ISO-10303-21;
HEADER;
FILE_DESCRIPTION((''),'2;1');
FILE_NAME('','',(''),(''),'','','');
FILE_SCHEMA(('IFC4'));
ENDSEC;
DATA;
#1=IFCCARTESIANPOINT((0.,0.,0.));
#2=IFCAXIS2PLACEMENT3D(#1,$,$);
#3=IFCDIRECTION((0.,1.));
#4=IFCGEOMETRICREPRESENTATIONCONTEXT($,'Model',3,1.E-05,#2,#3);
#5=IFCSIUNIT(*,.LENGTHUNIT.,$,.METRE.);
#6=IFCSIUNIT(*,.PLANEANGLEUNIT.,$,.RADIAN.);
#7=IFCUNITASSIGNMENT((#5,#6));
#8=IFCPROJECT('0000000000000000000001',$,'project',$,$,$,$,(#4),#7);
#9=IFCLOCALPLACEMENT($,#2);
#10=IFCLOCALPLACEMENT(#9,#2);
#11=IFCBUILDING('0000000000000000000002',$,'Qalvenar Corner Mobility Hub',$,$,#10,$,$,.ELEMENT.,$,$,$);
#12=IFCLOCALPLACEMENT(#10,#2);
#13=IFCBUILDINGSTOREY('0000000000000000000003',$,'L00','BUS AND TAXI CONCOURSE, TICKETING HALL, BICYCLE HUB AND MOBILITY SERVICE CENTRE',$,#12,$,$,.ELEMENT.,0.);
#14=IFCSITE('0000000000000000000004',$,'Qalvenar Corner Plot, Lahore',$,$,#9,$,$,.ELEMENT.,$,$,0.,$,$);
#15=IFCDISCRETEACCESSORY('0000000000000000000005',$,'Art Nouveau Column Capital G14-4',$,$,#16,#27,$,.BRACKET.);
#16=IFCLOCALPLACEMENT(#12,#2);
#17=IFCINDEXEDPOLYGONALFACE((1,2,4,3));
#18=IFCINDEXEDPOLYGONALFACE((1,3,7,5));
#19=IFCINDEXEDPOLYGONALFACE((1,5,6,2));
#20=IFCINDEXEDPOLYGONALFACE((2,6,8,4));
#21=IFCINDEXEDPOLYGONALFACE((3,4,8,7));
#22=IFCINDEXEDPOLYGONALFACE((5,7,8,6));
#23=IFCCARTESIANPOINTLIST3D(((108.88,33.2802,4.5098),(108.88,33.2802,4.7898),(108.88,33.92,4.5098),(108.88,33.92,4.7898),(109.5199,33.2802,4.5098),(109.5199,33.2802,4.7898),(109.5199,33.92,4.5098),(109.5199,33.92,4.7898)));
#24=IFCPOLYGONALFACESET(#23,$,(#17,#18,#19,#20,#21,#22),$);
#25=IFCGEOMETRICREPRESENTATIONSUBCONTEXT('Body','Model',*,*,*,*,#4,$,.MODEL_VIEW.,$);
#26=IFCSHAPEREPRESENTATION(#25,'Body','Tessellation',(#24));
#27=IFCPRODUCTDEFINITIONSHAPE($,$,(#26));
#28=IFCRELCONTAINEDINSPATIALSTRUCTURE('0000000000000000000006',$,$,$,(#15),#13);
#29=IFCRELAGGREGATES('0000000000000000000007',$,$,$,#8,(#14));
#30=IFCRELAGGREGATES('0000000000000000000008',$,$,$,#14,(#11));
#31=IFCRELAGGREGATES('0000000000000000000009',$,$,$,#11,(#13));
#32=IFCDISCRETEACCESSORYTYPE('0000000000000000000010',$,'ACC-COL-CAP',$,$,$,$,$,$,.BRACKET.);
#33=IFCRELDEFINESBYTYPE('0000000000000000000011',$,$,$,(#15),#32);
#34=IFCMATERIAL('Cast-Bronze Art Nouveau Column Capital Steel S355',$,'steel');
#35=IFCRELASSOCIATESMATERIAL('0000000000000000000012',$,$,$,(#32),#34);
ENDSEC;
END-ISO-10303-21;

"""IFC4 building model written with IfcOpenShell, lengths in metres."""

from ifc_helpers import new_model, si_unit, direction, frame, origin, origin_2d, place, context, subcontext, project, spatial, rectangle, extrude, material, type_object, element, save


model = new_model("IFC4")

# Units and contexts
model_context = context("Model", 3, precision=1e-05, world=origin(), true_north=direction((0.0, 1.0)))
body_context = subcontext(model_context, "Body", "Model", "MODEL_VIEW")
ifc_project = project(units=[si_unit("LENGTHUNIT", "METRE"), si_unit("PLANEANGLEUNIT", "RADIAN")], contexts=[model_context])

# Site, building, storey
site_placement = place(None, origin())
site = spatial("IfcSite", under=ifc_project, at=site_placement, Name="Qalvenar Corner Plot, Lahore", CompositionType="ELEMENT", RefElevation=0.0)
building_placement = place(site_placement, origin())
building = spatial("IfcBuilding", under=site, at=building_placement, Name="Qalvenar Corner Mobility Hub", CompositionType="ELEMENT")
storey_placement = place(building_placement, origin())
storey = spatial("IfcBuildingStorey", under=building, at=storey_placement, Name="L00", Description="BUS AND TAXI CONCOURSE, TICKETING HALL, BICYCLE HUB AND MOBILITY SERVICE CENTRE", CompositionType="ELEMENT", Elevation=0.0)

# Discrete accessory
ifc_material_1 = material(Name="Cast-Bronze Art Nouveau Column Capital Steel S355", Category="steel")
discrete_accessory_type = type_object("IfcDiscreteAccessoryType", Name="ACC-COL-CAP", PredefinedType="BRACKET", material=ifc_material_1)
discrete_accessory_placement = place(storey_placement, frame((109.2, 33.6001, 4.5098), z_axis=(0.0, 0.0, 1.0), x_axis=(1.0, 0.0, 0.0)))
element("IfcDiscreteAccessory", 1, at=discrete_accessory_placement, inside=storey, type_object=discrete_accessory_type, Name="Art Nouveau Column Capital G14-4", PredefinedType="BRACKET", context=body_context, shape_type="SweptSolid", body=[
    extrude(rectangle(XDim=0.6399, YDim=0.6399, at=origin_2d()), origin(), (0.0, 0.0, 1.0), 0.28),
])

save(model, "model.ifc")
